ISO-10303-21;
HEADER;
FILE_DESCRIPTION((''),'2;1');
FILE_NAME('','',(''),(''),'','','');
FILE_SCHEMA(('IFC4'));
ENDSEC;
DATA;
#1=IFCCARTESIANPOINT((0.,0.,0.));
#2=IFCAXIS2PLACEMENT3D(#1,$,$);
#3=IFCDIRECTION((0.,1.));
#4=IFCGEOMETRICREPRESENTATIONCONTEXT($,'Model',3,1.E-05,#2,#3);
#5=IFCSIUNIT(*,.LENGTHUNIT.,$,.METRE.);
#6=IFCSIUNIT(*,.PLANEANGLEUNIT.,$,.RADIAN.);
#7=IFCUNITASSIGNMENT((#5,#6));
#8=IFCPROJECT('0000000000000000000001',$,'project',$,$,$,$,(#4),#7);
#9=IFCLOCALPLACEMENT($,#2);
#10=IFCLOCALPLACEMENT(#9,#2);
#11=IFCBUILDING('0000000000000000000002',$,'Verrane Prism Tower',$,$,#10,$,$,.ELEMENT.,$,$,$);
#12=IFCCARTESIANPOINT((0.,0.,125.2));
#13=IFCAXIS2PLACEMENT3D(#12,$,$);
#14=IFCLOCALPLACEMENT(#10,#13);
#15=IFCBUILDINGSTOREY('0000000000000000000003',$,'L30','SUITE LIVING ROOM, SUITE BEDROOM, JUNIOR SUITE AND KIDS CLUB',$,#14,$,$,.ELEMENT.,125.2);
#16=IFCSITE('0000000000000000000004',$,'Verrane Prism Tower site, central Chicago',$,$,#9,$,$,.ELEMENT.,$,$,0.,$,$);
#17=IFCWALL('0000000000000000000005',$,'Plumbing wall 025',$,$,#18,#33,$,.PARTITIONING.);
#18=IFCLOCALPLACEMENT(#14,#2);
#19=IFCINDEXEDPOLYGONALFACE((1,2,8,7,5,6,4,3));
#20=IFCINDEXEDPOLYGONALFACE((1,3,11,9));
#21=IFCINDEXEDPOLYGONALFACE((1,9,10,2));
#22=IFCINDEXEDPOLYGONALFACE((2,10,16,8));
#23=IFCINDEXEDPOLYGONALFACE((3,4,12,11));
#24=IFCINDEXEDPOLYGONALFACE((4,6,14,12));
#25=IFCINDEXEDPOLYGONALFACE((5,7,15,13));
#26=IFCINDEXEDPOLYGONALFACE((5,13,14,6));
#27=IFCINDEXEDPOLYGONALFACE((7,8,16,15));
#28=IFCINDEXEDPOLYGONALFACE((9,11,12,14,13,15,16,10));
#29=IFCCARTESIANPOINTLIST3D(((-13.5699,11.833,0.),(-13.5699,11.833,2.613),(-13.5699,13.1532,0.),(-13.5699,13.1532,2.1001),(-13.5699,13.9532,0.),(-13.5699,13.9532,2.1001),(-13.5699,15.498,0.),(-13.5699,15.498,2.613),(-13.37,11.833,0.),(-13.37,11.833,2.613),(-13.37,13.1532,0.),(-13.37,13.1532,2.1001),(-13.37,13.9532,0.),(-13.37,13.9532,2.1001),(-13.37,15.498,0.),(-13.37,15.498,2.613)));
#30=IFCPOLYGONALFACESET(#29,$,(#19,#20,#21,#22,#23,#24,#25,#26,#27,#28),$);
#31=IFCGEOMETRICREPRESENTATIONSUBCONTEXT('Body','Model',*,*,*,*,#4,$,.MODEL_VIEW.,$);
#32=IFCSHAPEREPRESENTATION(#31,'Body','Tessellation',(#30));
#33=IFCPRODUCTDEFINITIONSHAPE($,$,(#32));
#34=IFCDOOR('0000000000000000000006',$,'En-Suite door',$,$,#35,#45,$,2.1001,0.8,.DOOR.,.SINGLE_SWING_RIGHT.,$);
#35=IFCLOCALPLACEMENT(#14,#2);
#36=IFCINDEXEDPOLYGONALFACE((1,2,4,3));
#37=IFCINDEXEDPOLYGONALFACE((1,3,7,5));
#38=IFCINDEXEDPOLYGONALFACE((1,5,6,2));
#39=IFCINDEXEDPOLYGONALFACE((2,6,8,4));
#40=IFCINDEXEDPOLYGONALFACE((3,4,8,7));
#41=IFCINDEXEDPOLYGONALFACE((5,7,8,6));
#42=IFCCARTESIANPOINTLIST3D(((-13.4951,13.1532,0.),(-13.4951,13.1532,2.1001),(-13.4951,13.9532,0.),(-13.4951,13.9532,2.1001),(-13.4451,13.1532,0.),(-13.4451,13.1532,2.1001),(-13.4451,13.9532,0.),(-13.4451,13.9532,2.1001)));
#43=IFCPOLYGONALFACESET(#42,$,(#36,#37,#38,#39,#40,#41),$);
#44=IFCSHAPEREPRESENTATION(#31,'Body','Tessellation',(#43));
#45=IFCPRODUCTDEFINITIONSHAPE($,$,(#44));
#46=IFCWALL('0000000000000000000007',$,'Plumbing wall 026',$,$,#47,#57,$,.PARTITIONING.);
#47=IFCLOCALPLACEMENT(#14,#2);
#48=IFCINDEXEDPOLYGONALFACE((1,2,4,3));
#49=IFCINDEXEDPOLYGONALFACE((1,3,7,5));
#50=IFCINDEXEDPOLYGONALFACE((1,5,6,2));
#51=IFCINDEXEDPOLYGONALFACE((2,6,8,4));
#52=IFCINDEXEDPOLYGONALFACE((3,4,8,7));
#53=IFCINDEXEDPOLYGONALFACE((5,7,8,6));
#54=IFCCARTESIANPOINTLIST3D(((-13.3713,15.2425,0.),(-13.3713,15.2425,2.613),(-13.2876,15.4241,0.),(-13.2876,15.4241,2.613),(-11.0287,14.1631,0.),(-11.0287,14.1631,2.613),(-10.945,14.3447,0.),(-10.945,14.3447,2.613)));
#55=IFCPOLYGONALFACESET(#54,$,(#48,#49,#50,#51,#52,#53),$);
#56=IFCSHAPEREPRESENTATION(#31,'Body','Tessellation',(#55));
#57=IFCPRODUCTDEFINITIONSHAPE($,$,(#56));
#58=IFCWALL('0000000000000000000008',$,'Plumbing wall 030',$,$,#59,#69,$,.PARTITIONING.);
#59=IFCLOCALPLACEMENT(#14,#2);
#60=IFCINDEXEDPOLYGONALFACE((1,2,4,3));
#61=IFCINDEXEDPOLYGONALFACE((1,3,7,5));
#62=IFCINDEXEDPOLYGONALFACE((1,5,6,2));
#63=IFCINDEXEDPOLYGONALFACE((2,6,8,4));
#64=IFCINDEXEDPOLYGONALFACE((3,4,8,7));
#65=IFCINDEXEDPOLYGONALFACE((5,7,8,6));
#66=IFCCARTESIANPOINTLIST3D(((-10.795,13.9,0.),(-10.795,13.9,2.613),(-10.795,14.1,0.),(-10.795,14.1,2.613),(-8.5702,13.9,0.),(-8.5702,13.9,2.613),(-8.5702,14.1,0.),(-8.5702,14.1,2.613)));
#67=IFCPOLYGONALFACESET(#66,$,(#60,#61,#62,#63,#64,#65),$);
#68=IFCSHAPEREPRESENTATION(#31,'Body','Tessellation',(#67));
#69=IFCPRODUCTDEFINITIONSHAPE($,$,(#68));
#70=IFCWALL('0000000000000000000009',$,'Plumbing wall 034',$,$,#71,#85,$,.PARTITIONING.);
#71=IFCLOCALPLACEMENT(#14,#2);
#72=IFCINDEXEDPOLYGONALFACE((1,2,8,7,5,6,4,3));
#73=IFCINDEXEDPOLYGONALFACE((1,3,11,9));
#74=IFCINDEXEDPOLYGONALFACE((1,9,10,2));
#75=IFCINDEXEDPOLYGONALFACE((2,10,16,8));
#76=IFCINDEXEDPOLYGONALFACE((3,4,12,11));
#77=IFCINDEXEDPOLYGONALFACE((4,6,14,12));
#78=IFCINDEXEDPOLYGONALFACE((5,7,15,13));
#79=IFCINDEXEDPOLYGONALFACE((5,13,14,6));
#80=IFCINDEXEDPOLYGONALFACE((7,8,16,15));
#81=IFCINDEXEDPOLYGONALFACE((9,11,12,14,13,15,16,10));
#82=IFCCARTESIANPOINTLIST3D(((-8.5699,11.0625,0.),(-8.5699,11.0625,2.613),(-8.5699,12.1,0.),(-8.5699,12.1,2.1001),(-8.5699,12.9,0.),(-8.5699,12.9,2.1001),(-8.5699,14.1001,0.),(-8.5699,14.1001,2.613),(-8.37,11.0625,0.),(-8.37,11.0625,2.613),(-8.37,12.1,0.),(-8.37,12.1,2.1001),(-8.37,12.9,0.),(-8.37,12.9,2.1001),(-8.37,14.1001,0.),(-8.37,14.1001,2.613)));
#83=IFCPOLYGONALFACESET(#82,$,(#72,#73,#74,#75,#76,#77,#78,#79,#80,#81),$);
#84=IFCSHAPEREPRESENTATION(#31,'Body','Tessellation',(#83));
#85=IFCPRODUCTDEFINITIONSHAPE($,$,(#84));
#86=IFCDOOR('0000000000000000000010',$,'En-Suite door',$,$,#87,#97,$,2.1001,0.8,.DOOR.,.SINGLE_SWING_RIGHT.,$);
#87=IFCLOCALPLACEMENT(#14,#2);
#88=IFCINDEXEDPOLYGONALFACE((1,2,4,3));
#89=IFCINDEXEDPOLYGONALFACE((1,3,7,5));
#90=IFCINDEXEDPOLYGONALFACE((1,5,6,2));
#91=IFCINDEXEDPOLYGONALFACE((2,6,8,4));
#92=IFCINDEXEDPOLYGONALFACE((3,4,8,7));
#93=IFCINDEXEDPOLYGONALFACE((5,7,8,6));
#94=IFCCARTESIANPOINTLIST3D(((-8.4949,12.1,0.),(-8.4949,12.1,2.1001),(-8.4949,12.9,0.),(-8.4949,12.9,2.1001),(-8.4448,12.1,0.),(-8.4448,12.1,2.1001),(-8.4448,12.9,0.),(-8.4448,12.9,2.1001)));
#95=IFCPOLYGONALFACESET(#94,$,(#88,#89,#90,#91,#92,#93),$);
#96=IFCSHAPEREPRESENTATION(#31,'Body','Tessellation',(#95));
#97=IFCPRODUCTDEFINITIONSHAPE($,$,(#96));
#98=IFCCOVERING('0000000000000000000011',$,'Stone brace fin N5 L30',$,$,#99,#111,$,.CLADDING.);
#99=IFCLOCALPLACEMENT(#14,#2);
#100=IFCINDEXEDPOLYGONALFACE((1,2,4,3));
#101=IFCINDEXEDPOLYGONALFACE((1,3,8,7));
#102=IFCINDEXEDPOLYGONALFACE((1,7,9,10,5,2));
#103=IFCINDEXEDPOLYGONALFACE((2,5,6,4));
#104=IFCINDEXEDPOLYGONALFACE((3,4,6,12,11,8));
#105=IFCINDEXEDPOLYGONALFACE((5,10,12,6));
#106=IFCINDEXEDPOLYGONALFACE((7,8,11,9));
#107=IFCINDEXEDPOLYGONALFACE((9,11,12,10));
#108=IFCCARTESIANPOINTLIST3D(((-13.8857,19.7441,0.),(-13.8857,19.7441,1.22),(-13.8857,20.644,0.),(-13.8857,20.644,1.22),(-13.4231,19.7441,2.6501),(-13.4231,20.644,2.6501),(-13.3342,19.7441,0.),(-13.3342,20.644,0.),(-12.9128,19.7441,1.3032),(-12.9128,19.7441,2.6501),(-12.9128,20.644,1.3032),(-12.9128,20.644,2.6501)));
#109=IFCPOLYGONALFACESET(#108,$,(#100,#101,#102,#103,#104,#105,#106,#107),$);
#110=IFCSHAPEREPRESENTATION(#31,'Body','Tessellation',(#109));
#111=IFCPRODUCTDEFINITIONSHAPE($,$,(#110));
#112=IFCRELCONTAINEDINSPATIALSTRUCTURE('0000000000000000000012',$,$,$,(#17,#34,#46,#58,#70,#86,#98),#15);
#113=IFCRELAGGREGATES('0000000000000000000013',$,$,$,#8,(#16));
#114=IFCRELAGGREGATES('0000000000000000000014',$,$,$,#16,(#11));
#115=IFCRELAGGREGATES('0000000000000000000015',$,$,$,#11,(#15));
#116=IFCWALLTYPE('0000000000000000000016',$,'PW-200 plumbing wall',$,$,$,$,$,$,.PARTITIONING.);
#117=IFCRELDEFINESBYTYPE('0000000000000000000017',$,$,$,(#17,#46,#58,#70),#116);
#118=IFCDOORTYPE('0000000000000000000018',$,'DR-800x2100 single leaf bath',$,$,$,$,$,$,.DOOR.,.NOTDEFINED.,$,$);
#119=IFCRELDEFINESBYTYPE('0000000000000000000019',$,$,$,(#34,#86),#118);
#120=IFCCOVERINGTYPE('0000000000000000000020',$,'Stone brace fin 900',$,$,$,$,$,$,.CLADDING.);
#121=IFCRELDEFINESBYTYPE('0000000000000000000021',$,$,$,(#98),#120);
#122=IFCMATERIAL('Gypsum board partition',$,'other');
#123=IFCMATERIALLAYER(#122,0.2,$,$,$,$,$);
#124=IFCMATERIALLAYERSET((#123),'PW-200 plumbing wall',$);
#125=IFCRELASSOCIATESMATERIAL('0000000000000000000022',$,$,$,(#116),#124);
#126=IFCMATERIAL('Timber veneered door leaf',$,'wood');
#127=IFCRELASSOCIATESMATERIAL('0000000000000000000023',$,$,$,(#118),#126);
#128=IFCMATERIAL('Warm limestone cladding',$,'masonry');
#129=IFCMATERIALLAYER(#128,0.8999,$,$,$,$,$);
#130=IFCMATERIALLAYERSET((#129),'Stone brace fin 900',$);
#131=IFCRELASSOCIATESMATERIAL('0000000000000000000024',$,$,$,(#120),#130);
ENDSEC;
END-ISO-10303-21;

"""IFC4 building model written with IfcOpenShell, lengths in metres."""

from ifc_helpers import new_model, si_unit, direction, frame, frame_2d, origin, place, context, subcontext, project, spatial, polyline, rectangle, outline, extrude, material, layer, layer_set, type_object, element, fill, save


model = new_model("IFC4")

# Units and contexts
model_context = context("Model", 3, precision=1e-05, world=origin(), true_north=direction((0.0, 1.0)))
body_context = subcontext(model_context, "Body", "Model", "MODEL_VIEW")
ifc_project = project(units=[si_unit("LENGTHUNIT", "METRE"), si_unit("PLANEANGLEUNIT", "RADIAN")], contexts=[model_context])

# Site, building, storey
site_placement = place(None, origin())
site = spatial("IfcSite", under=ifc_project, at=site_placement, Name="Verrane Prism Tower site, central Chicago", CompositionType="ELEMENT", RefElevation=0.0)
building_placement = place(site_placement, origin())
building = spatial("IfcBuilding", under=site, at=building_placement, Name="Verrane Prism Tower", CompositionType="ELEMENT")
storey_placement = place(building_placement, frame((0.0, 0.0, 125.2)))
storey = spatial("IfcBuildingStorey", under=building, at=storey_placement, Name="L30", Description="SUITE LIVING ROOM, SUITE BEDROOM, JUNIOR SUITE AND KIDS CLUB", CompositionType="ELEMENT", Elevation=125.2)

# Wall, opening, door
ifc_material_1 = material(Name="Gypsum board partition", Category="other")
ifc_layer_1 = layer(ifc_material_1, 0.2)
ifc_layer_set_1 = layer_set([ifc_layer_1], Name="PW-200 plumbing wall")
wall_type_1 = type_object("IfcWallType", Name="PW-200 plumbing wall", PredefinedType="PARTITIONING", material=ifc_layer_set_1)
wall_1_placement = place(storey_placement, frame((-13.47, 15.498, 0.0), z_axis=(0.0, 0.0, 1.0), x_axis=(0.0, -1.0, 0.0)))
wall_1 = element("IfcWall", 1, at=wall_1_placement, inside=storey, type_object=wall_type_1, Name="Plumbing wall 025", PredefinedType="PARTITIONING", context=body_context, shape_type="SweptSolid", body=[
    extrude(rectangle(XDim=3.665, YDim=0.2, at=frame_2d((1.8325, 0.0))), origin(), (0.0, 0.0, 1.0), 2.613),
])
opening_1_placement = place(wall_1_placement, frame((1.5449, 0.0, 0.0)))
opening_1 = element("IfcOpeningElement", 2, at=opening_1_placement, cuts=wall_1, PredefinedType="OPENING", context=body_context, shape_type="SweptSolid", body=[
    extrude(rectangle(XDim=0.8, YDim=2.1001, at=frame_2d((0.3999, 1.05))), frame((0.0, 0.1099, 0.0), z_axis=(0.0, -1.0, 0.0), x_axis=(1.0, 0.0, 0.0)), (0.0, 0.0, 1.0), 0.22),
])
ifc_material_2 = material(Name="Timber veneered door leaf", Category="wood")
door_type_1 = type_object("IfcDoorType", Name="DR-800x2100 single leaf bath", OperationType="NOTDEFINED", PredefinedType="DOOR", material=ifc_material_2)
door_1_placement = place(opening_1_placement, origin())
door_1 = element("IfcDoor", 3, at=door_1_placement, inside=storey, type_object=door_type_1, Name="En-Suite door", OperationType="SINGLE_SWING_RIGHT", OverallHeight=2.1001, OverallWidth=0.8, PredefinedType="DOOR", context=body_context, shape_type="SweptSolid", body=[
    extrude(rectangle(XDim=0.8, YDim=2.1001, at=frame_2d((0.3999, 1.05))), frame((0.0, 0.0249, 0.0), z_axis=(0.0, -1.0, 0.0), x_axis=(1.0, 0.0, 0.0)), (0.0, 0.0, 1.0), 0.05),
])
fill(opening_1, door_1)

# Walls
wall_2_placement = place(storey_placement, frame((-13.3293, 15.3333, 0.0), z_axis=(0.0, 0.0, 1.0), x_axis=(0.908228, -0.418476, 0.0)))
element("IfcWall", 4, at=wall_2_placement, inside=storey, type_object=wall_type_1, Name="Plumbing wall 026", PredefinedType="PARTITIONING", context=body_context, shape_type="SweptSolid", body=[
    extrude(rectangle(XDim=2.5793, YDim=0.2, at=frame_2d((1.2896, 0.0))), origin(), (0.0, 0.0, 1.0), 2.613),
])
wall_3_placement = place(storey_placement, frame((-10.7949, 14.0, 0.0), z_axis=(0.0, 0.0, 1.0), x_axis=(1.0, 0.0, 0.0)))
element("IfcWall", 5, at=wall_3_placement, inside=storey, type_object=wall_type_1, Name="Plumbing wall 030", PredefinedType="PARTITIONING", context=body_context, shape_type="SweptSolid", body=[
    extrude(rectangle(XDim=2.2249, YDim=0.2, at=frame_2d((1.1123, 0.0))), origin(), (0.0, 0.0, 1.0), 2.613),
])

# Wall, opening, door
wall_4_placement = place(storey_placement, frame((-8.47, 11.0625, 0.0), z_axis=(0.0, 0.0, 1.0), x_axis=(0.0, 1.0, 0.0)))
wall_4 = element("IfcWall", 6, at=wall_4_placement, inside=storey, type_object=wall_type_1, Name="Plumbing wall 034", PredefinedType="PARTITIONING", context=body_context, shape_type="SweptSolid", body=[
    extrude(rectangle(XDim=3.0376, YDim=0.2, at=frame_2d((1.5188, 0.0))), origin(), (0.0, 0.0, 1.0), 2.613),
])
opening_2_placement = place(wall_4_placement, frame((1.0376, 0.0, 0.0)))
opening_2 = element("IfcOpeningElement", 7, at=opening_2_placement, cuts=wall_4, PredefinedType="OPENING", context=body_context, shape_type="SweptSolid", body=[
    extrude(rectangle(XDim=0.8, YDim=2.1001, at=frame_2d((0.3999, 1.05))), frame((0.0, 0.1099, 0.0), z_axis=(0.0, -1.0, 0.0), x_axis=(1.0, 0.0, 0.0)), (0.0, 0.0, 1.0), 0.22),
])
door_2_placement = place(opening_2_placement, origin())
door_2 = element("IfcDoor", 8, at=door_2_placement, inside=storey, type_object=door_type_1, Name="En-Suite door", OperationType="SINGLE_SWING_RIGHT", OverallHeight=2.1001, OverallWidth=0.8, PredefinedType="DOOR", context=body_context, shape_type="SweptSolid", body=[
    extrude(rectangle(XDim=0.8, YDim=2.1001, at=frame_2d((0.3999, 1.05))), frame((0.0, 0.0249, 0.0), z_axis=(0.0, -1.0, 0.0), x_axis=(1.0, 0.0, 0.0)), (0.0, 0.0, 1.0), 0.05),
])
fill(opening_2, door_2)

# Covering
ifc_material_3 = material(Name="Warm limestone cladding", Category="masonry")
ifc_layer_2 = layer(ifc_material_3, 0.8999)
ifc_layer_set_2 = layer_set([ifc_layer_2], Name="Stone brace fin 900")
covering_type = type_object("IfcCoveringType", Name="Stone brace fin 900", PredefinedType="CLADDING", material=ifc_layer_set_2)
covering_placement = place(storey_placement, frame((-13.8857, 20.1941, 0.0), z_axis=(0.0, 0.0, 1.0), x_axis=(1.0, 0.0, 0.0)))
element("IfcCovering", 9, at=covering_placement, inside=storey, type_object=covering_type, Name="Stone brace fin N5 L30", PredefinedType="CLADDING", context=body_context, shape_type="SweptSolid", body=[
    extrude(outline(polyline([(0.9729, 2.6501), (0.4626, 2.6501), (0.0, 1.22), (0.0, 0.0), (0.5515, 0.0), (0.9729, 1.3032), (0.9729, 2.6501)])), frame((0.0, 0.45, 0.0), z_axis=(0.0, -1.0, 0.0), x_axis=(1.0, 0.0, 0.0)), (0.0, 0.0, 1.0), 0.8999),
])

save(model, "model.ifc")
